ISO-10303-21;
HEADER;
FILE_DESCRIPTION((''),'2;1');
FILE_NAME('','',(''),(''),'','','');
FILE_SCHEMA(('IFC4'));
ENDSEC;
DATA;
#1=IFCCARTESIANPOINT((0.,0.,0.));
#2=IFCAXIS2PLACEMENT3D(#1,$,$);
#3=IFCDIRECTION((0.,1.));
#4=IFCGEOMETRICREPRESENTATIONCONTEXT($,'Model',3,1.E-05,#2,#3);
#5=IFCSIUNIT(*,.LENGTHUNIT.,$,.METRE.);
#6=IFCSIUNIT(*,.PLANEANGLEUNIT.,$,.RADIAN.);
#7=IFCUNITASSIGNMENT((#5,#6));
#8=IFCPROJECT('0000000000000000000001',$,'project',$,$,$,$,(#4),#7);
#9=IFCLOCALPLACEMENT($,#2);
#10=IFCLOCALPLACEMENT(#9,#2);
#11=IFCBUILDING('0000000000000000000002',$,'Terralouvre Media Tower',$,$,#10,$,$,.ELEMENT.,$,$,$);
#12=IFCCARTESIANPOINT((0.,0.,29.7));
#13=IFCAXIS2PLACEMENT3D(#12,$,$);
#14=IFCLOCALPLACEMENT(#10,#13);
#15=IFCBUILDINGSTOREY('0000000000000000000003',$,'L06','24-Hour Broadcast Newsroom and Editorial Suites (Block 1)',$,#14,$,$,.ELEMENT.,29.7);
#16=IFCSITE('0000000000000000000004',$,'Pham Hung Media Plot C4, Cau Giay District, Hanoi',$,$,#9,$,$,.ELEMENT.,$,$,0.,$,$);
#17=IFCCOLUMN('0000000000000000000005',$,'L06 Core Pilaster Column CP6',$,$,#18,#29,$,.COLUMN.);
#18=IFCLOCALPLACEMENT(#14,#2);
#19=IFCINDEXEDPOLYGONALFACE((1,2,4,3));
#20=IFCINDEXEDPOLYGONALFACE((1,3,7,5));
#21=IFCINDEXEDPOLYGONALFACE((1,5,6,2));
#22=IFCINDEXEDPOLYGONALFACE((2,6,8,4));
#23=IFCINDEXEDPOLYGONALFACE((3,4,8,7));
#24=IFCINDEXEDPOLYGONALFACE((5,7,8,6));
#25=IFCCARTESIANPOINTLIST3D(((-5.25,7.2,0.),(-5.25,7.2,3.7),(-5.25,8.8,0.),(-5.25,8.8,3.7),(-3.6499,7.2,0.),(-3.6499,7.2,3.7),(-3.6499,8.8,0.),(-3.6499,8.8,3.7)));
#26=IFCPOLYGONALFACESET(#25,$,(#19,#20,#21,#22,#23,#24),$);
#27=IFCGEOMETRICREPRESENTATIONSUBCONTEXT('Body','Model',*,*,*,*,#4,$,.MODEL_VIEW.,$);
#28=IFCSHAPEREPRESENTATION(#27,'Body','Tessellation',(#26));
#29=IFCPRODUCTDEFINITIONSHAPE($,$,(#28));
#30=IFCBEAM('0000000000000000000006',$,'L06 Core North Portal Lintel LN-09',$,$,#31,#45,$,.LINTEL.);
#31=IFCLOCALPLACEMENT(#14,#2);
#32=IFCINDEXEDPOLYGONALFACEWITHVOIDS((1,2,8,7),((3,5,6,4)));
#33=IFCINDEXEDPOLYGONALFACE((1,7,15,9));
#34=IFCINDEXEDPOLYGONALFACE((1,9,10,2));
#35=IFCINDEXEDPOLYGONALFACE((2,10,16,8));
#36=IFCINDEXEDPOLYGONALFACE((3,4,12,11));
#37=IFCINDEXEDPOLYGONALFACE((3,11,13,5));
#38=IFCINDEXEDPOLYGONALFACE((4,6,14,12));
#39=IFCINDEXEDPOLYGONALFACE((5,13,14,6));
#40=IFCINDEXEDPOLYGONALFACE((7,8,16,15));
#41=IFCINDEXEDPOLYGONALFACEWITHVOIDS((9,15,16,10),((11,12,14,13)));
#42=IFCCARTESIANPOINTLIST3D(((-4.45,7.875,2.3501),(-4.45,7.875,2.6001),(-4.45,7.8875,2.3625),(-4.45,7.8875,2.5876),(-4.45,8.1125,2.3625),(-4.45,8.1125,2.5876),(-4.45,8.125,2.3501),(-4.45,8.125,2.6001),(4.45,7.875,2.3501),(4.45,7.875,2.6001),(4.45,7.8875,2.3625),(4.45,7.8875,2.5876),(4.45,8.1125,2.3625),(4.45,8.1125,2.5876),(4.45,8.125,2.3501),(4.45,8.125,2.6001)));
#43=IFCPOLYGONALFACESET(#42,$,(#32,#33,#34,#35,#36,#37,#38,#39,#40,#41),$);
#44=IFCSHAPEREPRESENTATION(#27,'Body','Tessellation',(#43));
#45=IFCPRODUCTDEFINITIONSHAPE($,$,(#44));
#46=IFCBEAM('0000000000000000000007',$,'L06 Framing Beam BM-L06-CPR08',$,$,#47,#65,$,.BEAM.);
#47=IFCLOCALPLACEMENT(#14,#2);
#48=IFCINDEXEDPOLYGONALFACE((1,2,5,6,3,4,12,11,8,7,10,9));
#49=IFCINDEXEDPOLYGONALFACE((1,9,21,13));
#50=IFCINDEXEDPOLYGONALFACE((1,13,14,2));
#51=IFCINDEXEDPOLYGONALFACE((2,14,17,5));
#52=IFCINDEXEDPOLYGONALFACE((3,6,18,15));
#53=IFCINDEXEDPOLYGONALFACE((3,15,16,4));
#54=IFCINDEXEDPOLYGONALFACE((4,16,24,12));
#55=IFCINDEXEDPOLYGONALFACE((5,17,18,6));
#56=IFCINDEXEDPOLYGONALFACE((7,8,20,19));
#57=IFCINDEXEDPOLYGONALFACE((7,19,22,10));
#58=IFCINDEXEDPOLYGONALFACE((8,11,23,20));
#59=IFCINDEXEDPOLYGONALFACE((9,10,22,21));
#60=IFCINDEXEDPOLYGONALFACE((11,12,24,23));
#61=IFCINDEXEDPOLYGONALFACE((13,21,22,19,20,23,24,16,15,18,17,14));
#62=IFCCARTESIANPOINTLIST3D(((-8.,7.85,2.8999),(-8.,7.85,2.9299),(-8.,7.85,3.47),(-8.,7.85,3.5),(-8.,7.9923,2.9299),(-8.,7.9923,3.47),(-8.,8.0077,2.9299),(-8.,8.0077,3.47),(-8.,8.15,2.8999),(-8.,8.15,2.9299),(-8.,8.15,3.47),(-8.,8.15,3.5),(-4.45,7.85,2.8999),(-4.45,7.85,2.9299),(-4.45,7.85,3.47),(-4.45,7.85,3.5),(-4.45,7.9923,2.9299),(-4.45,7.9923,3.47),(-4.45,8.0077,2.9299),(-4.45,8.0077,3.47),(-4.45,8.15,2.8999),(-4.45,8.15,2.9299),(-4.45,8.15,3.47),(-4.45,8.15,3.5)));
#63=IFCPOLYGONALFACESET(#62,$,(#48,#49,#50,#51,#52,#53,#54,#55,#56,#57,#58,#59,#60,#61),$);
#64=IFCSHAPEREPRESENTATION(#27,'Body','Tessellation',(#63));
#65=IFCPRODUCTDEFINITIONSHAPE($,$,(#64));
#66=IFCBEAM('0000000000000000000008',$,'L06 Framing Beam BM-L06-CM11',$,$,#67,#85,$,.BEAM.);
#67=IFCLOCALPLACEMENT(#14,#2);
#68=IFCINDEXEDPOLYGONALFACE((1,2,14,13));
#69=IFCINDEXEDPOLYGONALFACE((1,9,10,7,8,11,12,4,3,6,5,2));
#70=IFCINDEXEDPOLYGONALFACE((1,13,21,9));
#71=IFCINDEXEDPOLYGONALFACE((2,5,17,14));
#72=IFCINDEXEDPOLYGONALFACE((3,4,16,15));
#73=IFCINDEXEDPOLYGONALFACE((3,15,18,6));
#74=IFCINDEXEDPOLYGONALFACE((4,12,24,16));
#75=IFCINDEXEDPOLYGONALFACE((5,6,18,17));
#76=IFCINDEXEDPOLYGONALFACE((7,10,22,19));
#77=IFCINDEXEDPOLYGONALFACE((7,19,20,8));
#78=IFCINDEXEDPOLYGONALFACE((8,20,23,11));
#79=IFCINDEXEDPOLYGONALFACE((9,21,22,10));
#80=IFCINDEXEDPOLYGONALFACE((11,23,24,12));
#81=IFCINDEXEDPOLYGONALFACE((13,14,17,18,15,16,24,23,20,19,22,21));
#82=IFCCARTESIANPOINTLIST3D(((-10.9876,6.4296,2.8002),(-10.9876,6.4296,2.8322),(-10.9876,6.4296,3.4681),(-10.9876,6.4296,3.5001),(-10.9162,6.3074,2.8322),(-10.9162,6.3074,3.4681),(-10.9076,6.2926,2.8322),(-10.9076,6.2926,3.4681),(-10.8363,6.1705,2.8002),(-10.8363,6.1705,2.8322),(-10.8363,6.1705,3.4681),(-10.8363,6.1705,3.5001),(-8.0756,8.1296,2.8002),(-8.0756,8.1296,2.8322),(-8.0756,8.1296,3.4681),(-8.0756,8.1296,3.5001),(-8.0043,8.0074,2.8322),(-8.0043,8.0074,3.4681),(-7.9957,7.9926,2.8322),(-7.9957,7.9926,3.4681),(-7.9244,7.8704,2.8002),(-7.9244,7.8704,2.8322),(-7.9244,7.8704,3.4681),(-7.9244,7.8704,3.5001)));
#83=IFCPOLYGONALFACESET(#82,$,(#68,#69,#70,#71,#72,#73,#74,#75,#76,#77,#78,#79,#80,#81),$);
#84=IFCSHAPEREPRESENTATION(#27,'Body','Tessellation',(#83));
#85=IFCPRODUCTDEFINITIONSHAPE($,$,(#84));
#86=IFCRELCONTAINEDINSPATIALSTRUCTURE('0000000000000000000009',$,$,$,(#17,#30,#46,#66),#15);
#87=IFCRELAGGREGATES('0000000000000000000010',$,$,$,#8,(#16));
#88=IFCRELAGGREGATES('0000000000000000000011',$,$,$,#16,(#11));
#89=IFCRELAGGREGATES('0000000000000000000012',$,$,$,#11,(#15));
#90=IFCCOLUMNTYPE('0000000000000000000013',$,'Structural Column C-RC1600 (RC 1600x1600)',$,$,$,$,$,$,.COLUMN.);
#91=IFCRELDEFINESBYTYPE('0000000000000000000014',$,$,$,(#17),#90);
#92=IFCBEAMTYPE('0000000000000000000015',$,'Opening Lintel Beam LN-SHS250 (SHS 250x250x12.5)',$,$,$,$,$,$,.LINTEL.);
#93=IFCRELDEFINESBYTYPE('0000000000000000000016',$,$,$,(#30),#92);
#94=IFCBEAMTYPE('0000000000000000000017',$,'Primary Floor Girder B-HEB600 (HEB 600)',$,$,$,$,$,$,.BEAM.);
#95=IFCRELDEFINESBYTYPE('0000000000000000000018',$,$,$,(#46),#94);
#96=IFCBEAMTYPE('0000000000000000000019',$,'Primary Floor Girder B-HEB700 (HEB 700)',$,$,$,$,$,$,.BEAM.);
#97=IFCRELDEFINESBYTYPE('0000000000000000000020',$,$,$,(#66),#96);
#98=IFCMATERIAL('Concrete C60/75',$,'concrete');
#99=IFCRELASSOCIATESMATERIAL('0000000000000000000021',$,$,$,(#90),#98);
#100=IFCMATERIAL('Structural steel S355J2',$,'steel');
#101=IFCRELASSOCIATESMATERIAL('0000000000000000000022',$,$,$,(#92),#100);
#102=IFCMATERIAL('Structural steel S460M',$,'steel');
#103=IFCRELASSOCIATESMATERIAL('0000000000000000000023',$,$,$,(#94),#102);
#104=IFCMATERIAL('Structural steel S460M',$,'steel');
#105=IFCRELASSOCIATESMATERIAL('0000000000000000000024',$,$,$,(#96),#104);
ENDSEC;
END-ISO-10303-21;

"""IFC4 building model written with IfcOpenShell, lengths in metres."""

from ifc_helpers import new_model, si_unit, direction, frame, origin, origin_2d, place, context, subcontext, project, spatial, rectangle, hollow_rectangle, i_section, extrude, material, material_profile, profile_set, type_object, element, save


model = new_model("IFC4")

# Units and contexts
model_context = context("Model", 3, precision=1e-05, world=origin(), true_north=direction((0.0, 1.0)))
body_context = subcontext(model_context, "Body", "Model", "MODEL_VIEW")
ifc_project = project(units=[si_unit("LENGTHUNIT", "METRE"), si_unit("PLANEANGLEUNIT", "RADIAN")], contexts=[model_context])

# Site, building, storey
site_placement = place(None, origin())
site = spatial("IfcSite", under=ifc_project, at=site_placement, Name="Pham Hung Media Plot C4, Cau Giay District, Hanoi", CompositionType="ELEMENT", RefElevation=0.0)
building_placement = place(site_placement, origin())
building = spatial("IfcBuilding", under=site, at=building_placement, Name="Terralouvre Media Tower", CompositionType="ELEMENT")
storey_placement = place(building_placement, frame((0.0, 0.0, 29.7)))
storey = spatial("IfcBuildingStorey", under=building, at=storey_placement, Name="L06", Description="24-Hour Broadcast Newsroom and Editorial Suites (Block 1)", CompositionType="ELEMENT", Elevation=29.7)

# Column
ifc_material_1 = material(Name="Concrete C60/75", Category="concrete")
ifc_material_profile_1 = material_profile(ifc_material_1, rectangle(XDim=1.6001, YDim=1.6001, at=origin_2d()), Name="RC 1600x1600")
ifc_profile_set_1 = profile_set([ifc_material_profile_1], Name="Concrete C60/75")
column_type = type_object("IfcColumnType", Name="Structural Column C-RC1600 (RC 1600x1600)", PredefinedType="COLUMN", material=ifc_profile_set_1)
column_placement = place(storey_placement, frame((-4.45, 8.0, 0.0), z_axis=(0.0, 0.0, 1.0), x_axis=(1.0, 0.0, 0.0)))
element("IfcColumn", 1, at=column_placement, inside=storey, type_object=column_type, Name="L06 Core Pilaster Column CP6", PredefinedType="COLUMN", context=body_context, shape_type="SweptSolid", body=[
    extrude(rectangle(XDim=1.6001, YDim=1.6001, at=origin_2d()), origin(), (0.0, 0.0, 1.0), 3.7),
])

# Beams
ifc_material_2 = material(Name="Structural steel S355J2", Category="steel")
ifc_material_profile_2 = material_profile(ifc_material_2, hollow_rectangle(XDim=0.25, YDim=0.25, WallThickness=0.0125, at=origin_2d()), Name="SHS 250x250x12.5")
ifc_profile_set_2 = profile_set([ifc_material_profile_2], Name="Structural steel S355J2")
beam_type_1 = type_object("IfcBeamType", Name="Opening Lintel Beam LN-SHS250 (SHS 250x250x12.5)", PredefinedType="LINTEL", material=ifc_profile_set_2)
beam_1_placement = place(storey_placement, frame((-4.45, 8.0, 2.4751), z_axis=(1.0, 0.0, 0.0), x_axis=(0.0, 1.0, 0.0)))
element("IfcBeam", 2, at=beam_1_placement, inside=storey, type_object=beam_type_1, Name="L06 Core North Portal Lintel LN-09", PredefinedType="LINTEL", context=body_context, shape_type="SweptSolid", body=[
    extrude(hollow_rectangle(XDim=0.25, YDim=0.25, WallThickness=0.0125, at=origin_2d()), origin(), (0.0, 0.0, 1.0), 8.8999),
])
ifc_material_3 = material(Name="Structural steel S460M", Category="steel")
ifc_material_profile_3 = material_profile(ifc_material_3, i_section(OverallWidth=0.3, OverallDepth=0.6001, WebThickness=0.0154, FlangeThickness=0.03, at=origin_2d()), Name="HEB 600")
ifc_profile_set_3 = profile_set([ifc_material_profile_3], Name="Structural steel S460M")
beam_type_2 = type_object("IfcBeamType", Name="Primary Floor Girder B-HEB600 (HEB 600)", PredefinedType="BEAM", material=ifc_profile_set_3)
beam_2_placement = place(storey_placement, frame((-4.45, 8.0, 3.2), z_axis=(-1.0, 0.0, 0.0), x_axis=(0.0, -1.0, 0.0)))
element("IfcBeam", 3, at=beam_2_placement, inside=storey, type_object=beam_type_2, Name="L06 Framing Beam BM-L06-CPR08", PredefinedType="BEAM", context=body_context, shape_type="SweptSolid", body=[
    extrude(i_section(OverallWidth=0.3, OverallDepth=0.6001, WebThickness=0.0154, FlangeThickness=0.03, at=origin_2d()), origin(), (0.0, 0.0, 1.0), 3.55),
])
ifc_material_4 = material(Name="Structural steel S460M", Category="steel")
ifc_material_profile_4 = material_profile(ifc_material_4, i_section(OverallWidth=0.3, OverallDepth=0.7, WebThickness=0.0171, FlangeThickness=0.032, at=origin_2d()), Name="HEB 700")
ifc_profile_set_4 = profile_set([ifc_material_profile_4], Name="Structural steel S460M")
beam_type_3 = type_object("IfcBeamType", Name="Primary Floor Girder B-HEB700 (HEB 700)", PredefinedType="BEAM", material=ifc_profile_set_4)
beam_3_placement = place(storey_placement, frame((-8.0, 8.0, 3.1501), z_axis=(-0.863603, -0.504173, 0.0), x_axis=(0.504173, -0.863603, 0.0)))
element("IfcBeam", 4, at=beam_3_placement, inside=storey, type_object=beam_type_3, Name="L06 Framing Beam BM-L06-CM11", PredefinedType="BEAM", context=body_context, shape_type="SweptSolid", body=[
    extrude(i_section(OverallWidth=0.3, OverallDepth=0.7, WebThickness=0.0171, FlangeThickness=0.032, at=origin_2d()), origin(), (0.0, 0.0, 1.0), 3.3718),
])

save(model, "model.ifc")
